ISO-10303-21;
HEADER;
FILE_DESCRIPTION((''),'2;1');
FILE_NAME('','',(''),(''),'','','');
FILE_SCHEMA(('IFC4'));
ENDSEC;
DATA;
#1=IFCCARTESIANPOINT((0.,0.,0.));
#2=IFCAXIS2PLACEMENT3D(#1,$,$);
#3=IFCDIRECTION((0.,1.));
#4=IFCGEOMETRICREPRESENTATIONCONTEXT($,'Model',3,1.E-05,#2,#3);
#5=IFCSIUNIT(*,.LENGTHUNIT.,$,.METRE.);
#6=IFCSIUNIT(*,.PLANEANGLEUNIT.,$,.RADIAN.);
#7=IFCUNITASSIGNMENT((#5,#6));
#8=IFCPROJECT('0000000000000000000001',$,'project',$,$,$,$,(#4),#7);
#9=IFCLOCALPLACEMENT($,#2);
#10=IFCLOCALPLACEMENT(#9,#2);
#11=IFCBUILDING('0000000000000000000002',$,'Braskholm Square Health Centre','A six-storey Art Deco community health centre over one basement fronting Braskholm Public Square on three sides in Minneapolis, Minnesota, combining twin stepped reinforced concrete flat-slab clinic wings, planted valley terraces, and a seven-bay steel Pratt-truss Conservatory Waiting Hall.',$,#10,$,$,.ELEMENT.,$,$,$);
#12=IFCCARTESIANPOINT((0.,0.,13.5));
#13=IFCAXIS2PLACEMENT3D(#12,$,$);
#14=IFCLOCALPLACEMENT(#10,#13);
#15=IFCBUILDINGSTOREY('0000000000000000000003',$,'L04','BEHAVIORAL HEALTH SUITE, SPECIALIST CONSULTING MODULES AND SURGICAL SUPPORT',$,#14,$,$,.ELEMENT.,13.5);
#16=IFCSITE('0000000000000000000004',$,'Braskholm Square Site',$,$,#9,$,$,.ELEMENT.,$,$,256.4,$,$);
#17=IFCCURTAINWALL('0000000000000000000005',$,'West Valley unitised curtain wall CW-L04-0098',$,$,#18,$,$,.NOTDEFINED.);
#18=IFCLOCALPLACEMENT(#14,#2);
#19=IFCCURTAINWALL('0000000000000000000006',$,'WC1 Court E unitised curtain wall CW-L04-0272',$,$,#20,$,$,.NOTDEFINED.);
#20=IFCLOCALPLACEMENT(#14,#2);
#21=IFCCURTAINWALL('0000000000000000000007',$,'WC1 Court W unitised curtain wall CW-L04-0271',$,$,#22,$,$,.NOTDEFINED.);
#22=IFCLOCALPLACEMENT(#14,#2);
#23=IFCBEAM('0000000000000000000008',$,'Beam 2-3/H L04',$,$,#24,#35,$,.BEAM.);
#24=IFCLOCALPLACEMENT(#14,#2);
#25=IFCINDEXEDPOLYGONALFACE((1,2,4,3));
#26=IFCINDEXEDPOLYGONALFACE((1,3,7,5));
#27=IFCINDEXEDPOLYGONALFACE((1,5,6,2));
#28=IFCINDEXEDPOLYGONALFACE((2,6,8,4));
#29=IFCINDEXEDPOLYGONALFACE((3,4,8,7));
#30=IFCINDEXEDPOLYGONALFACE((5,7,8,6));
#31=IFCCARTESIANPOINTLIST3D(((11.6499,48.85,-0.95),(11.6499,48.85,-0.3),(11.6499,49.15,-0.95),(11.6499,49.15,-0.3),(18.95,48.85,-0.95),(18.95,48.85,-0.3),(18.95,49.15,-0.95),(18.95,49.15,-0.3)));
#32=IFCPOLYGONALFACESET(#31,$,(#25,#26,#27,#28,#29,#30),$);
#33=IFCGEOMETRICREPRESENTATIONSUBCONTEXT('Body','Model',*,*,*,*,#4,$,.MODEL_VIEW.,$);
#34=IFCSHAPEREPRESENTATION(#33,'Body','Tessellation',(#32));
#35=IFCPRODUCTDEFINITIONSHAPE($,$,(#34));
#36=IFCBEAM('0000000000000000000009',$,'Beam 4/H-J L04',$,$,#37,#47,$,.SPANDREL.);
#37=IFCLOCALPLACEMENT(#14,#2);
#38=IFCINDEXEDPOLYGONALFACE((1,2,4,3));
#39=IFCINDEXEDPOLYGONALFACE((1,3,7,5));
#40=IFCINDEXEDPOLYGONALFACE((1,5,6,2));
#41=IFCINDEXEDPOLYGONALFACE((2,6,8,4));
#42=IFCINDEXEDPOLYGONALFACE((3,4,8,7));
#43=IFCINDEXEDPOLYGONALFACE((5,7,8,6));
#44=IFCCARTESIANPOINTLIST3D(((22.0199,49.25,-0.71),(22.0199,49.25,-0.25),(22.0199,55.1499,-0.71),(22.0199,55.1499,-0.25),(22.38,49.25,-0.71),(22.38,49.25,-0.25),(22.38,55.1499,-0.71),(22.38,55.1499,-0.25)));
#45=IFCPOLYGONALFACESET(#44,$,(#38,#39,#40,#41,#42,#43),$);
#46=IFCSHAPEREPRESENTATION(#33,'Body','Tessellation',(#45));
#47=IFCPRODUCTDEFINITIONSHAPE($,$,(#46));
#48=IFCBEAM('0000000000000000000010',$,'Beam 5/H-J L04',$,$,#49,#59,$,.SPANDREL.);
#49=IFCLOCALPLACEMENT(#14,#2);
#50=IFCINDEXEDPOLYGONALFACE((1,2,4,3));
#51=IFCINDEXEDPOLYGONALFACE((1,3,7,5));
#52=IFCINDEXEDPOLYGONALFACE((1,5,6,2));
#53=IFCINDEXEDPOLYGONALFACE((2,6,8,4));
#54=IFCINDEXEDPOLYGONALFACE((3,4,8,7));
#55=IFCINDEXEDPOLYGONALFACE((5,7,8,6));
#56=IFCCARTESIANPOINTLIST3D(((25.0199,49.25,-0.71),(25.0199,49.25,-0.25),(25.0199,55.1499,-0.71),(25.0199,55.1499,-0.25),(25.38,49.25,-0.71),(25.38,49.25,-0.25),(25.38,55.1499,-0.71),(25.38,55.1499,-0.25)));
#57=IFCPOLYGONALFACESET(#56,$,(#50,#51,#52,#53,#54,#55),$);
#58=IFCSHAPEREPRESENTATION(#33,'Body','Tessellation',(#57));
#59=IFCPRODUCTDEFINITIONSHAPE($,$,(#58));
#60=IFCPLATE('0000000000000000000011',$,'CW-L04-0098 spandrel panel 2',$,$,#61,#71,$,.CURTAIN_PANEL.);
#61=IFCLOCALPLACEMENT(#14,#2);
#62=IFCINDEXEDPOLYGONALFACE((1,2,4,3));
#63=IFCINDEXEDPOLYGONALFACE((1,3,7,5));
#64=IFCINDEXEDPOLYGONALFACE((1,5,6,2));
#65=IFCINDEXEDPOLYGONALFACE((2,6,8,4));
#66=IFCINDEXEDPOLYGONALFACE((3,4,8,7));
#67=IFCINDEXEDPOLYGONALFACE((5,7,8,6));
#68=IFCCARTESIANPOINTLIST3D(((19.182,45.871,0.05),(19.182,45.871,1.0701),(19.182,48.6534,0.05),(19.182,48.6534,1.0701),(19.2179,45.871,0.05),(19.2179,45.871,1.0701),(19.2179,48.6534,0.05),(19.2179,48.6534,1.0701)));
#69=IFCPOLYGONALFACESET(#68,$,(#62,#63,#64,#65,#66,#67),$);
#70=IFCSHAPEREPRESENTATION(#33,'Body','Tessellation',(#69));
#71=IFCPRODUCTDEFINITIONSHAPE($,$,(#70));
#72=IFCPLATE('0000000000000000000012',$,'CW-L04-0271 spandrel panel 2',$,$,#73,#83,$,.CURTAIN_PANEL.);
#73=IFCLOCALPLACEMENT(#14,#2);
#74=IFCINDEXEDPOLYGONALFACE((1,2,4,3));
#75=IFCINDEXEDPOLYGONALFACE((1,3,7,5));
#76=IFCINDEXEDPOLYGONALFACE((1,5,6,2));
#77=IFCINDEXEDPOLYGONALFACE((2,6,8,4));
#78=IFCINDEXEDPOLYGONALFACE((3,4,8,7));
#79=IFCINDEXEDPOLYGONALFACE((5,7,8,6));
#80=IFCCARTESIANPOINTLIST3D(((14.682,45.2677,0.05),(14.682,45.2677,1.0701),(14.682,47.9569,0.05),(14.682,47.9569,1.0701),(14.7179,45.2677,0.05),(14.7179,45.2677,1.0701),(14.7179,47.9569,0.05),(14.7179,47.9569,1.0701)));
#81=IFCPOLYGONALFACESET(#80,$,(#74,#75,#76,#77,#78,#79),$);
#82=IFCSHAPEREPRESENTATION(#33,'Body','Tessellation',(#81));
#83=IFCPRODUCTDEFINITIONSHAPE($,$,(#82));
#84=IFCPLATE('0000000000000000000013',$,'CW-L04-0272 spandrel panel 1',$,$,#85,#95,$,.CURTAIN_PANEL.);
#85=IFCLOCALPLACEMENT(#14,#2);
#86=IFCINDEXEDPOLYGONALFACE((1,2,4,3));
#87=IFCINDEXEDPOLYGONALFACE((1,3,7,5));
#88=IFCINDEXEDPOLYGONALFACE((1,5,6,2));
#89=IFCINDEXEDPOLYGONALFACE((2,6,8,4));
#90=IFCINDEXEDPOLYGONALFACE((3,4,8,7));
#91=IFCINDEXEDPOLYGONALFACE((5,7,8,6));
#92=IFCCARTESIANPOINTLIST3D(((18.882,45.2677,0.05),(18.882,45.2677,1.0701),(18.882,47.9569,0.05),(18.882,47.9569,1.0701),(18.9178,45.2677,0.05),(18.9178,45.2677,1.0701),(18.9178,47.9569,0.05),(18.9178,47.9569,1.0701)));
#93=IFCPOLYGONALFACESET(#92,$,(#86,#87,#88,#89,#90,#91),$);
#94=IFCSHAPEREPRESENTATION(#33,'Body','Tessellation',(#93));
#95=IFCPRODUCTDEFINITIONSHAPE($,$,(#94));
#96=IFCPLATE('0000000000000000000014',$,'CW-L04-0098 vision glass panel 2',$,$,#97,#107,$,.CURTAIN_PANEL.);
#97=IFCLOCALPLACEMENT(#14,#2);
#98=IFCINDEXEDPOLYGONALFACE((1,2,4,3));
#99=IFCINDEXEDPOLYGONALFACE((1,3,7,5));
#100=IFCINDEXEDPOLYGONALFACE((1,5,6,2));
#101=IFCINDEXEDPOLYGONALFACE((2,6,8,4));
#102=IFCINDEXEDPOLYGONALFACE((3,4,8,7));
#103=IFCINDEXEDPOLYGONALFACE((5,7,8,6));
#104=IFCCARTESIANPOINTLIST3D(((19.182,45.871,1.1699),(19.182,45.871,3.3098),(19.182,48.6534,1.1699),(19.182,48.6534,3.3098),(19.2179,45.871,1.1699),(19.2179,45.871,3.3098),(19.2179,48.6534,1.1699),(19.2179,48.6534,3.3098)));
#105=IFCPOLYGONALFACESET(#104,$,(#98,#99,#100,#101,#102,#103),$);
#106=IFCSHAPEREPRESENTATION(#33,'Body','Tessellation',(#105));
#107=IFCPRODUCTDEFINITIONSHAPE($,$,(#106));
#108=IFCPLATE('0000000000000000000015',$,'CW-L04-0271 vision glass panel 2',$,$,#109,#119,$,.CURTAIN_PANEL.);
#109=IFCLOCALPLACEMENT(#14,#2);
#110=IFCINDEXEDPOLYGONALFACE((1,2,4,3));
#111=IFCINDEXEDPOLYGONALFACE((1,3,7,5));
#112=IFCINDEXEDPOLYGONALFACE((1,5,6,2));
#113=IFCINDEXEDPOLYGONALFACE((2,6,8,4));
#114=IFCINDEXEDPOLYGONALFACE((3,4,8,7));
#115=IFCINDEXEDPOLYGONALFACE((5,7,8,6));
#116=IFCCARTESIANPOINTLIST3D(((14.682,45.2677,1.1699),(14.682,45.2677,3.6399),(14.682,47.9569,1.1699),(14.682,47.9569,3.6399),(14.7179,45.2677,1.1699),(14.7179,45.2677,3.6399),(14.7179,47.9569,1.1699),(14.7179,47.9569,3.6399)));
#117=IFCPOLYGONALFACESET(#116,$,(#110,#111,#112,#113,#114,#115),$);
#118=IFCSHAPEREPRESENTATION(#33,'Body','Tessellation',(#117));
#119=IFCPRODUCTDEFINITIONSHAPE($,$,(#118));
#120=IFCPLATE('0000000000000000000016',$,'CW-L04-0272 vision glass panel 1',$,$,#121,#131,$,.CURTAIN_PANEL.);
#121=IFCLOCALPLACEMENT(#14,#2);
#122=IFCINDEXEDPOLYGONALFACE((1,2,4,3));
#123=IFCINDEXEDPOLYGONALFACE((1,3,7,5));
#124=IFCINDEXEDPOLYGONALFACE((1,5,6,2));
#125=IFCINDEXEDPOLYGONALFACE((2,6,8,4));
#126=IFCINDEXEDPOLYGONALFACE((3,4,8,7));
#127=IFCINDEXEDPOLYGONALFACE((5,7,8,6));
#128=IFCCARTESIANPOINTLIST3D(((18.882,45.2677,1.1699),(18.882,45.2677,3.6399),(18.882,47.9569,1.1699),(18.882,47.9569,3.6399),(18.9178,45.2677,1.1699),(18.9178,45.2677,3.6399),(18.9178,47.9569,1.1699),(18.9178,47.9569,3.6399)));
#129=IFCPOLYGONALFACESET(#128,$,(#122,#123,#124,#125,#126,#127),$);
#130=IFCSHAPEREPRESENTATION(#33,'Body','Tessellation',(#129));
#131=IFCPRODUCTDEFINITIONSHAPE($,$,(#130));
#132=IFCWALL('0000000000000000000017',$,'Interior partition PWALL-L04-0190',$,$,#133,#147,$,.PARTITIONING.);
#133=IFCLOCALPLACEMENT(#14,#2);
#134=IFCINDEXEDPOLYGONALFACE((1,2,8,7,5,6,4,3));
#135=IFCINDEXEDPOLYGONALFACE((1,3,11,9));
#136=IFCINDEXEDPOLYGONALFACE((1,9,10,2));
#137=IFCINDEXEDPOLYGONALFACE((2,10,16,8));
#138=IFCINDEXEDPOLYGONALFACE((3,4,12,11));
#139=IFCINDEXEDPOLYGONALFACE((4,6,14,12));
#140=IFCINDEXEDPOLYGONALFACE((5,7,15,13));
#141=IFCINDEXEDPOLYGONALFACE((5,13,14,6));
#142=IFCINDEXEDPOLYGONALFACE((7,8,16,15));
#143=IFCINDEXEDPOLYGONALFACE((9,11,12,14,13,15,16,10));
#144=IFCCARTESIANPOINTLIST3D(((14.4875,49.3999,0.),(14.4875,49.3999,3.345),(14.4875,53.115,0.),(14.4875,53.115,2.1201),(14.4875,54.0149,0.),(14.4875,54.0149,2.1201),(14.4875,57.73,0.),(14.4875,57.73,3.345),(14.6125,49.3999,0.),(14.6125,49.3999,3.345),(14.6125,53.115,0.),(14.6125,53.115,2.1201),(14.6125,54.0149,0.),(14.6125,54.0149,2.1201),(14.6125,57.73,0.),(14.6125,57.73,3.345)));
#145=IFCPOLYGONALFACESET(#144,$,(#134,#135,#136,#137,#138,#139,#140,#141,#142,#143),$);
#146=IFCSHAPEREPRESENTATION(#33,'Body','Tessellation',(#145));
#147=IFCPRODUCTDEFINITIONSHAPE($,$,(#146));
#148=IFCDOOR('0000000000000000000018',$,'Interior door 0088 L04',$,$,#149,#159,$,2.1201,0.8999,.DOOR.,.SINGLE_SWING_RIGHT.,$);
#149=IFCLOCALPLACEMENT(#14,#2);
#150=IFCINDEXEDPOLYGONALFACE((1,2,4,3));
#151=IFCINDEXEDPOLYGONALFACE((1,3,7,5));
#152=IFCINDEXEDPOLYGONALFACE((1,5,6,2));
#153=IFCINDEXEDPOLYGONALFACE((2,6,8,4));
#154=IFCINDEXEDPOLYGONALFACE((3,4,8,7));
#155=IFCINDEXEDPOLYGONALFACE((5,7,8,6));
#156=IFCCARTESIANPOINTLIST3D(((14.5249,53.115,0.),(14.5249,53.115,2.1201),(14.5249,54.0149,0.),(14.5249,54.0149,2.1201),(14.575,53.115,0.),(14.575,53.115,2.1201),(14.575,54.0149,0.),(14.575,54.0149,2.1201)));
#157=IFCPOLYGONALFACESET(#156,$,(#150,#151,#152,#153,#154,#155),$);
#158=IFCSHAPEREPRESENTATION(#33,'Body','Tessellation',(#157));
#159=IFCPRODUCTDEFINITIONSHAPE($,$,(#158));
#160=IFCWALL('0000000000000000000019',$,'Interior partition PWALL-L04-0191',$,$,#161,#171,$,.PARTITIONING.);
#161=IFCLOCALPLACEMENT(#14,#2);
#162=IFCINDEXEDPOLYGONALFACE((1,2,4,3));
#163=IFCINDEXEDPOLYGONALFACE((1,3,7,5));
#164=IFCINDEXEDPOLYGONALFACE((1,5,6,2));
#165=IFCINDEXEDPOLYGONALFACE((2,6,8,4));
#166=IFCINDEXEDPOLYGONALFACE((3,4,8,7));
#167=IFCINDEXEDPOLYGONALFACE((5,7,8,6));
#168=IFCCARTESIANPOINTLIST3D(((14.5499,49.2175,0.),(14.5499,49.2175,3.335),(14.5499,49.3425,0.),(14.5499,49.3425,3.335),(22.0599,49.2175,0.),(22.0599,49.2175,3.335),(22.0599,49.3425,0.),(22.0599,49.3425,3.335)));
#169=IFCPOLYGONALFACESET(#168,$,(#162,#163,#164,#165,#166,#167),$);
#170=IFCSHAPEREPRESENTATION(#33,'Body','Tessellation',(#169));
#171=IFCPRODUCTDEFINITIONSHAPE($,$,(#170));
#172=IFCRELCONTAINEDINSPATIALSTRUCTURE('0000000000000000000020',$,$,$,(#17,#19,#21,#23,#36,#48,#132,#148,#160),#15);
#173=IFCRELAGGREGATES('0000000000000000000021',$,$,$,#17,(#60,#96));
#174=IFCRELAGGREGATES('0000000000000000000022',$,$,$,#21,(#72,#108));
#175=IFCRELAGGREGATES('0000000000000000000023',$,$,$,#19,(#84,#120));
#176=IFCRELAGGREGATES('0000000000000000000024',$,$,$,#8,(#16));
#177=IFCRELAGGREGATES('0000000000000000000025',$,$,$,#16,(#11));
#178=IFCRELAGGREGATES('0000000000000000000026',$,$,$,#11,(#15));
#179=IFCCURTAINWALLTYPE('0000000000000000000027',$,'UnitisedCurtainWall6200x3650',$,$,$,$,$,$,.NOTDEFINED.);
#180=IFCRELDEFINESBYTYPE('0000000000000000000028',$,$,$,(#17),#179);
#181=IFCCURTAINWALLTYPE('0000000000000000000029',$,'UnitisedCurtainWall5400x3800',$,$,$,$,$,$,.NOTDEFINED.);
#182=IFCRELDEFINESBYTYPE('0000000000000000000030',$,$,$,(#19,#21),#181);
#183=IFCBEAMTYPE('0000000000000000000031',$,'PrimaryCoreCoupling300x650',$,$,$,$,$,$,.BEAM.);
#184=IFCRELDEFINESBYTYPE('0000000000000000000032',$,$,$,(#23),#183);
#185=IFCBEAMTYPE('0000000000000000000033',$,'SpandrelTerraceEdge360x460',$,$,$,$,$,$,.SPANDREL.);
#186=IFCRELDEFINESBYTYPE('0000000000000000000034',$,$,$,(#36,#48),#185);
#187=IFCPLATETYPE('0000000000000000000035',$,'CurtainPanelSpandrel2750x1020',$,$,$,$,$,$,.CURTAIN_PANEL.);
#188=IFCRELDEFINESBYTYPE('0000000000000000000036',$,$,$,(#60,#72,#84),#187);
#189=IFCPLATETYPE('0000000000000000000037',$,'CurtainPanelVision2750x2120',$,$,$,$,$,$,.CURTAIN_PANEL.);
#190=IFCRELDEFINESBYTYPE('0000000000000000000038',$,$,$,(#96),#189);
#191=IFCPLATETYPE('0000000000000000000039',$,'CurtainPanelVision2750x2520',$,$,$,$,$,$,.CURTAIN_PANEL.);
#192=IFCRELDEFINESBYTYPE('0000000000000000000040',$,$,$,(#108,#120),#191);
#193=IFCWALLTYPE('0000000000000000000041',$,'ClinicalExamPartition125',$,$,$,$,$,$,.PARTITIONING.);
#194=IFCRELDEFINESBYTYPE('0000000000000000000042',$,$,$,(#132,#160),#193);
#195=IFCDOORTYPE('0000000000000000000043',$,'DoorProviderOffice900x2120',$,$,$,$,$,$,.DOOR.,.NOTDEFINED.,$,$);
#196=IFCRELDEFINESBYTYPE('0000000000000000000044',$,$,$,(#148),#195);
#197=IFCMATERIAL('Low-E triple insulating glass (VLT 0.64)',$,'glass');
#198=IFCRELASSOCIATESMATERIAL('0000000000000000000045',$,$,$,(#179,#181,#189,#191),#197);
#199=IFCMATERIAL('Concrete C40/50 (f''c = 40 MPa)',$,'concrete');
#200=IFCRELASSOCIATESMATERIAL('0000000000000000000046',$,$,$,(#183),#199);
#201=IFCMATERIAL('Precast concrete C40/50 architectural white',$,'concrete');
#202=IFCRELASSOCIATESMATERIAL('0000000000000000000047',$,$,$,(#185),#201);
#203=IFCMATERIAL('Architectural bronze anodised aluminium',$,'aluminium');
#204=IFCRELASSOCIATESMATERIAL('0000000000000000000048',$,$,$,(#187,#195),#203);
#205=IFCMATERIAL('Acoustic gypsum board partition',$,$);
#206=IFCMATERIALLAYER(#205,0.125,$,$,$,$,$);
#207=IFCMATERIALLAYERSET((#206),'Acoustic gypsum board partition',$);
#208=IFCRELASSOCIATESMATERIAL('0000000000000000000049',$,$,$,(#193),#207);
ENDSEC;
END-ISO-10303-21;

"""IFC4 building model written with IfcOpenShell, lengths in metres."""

from ifc_helpers import new_model, si_unit, direction, frame, frame_2d, origin, origin_2d, place, context, subcontext, project, spatial, rectangle, extrude, material, layer, layer_set, material_profile, profile_set, type_object, element, fill, aggregate, save


model = new_model("IFC4")

# Units and contexts
model_context = context("Model", 3, precision=1e-05, world=origin(), true_north=direction((0.0, 1.0)))
body_context = subcontext(model_context, "Body", "Model", "MODEL_VIEW")
ifc_project = project(units=[si_unit("LENGTHUNIT", "METRE"), si_unit("PLANEANGLEUNIT", "RADIAN")], contexts=[model_context])

# Site, building, storey
site_placement = place(None, origin())
site = spatial("IfcSite", under=ifc_project, at=site_placement, Name="Braskholm Square Site", CompositionType="ELEMENT", RefElevation=256.4)
building_placement = place(site_placement, origin())
building = spatial("IfcBuilding", under=site, at=building_placement, Name="Braskholm Square Health Centre", Description="A six-storey Art Deco community health centre over one basement fronting Braskholm Public Square on three sides in Minneapolis, Minnesota, combining twin stepped reinforced concrete flat-slab clinic wings, planted valley terraces, and a seven-bay steel Pratt-truss Conservatory Waiting Hall.", CompositionType="ELEMENT")
storey_placement = place(building_placement, frame((0.0, 0.0, 13.5)))
storey = spatial("IfcBuildingStorey", under=building, at=storey_placement, Name="L04", Description="BEHAVIORAL HEALTH SUITE, SPECIALIST CONSULTING MODULES AND SURGICAL SUPPORT", CompositionType="ELEMENT", Elevation=13.5)

# Shared definitions
ifc_material_1 = material(Name="Concrete C40/50 (f'c = 40 MPa)", Category="concrete")

# Curtain walls
ifc_material_2 = material(Name="Low-E triple insulating glass (VLT 0.64)", Category="glass")
curtain_wall_type_1 = type_object("IfcCurtainWallType", Name="UnitisedCurtainWall6200x3650", PredefinedType="NOTDEFINED", material=ifc_material_2)
curtain_wall_1_placement = place(storey_placement, origin())
curtain_wall_1 = element("IfcCurtainWall", 1, at=curtain_wall_1_placement, inside=storey, type_object=curtain_wall_type_1, Name="West Valley unitised curtain wall CW-L04-0098", PredefinedType="NOTDEFINED")
ifc_material_3 = material(Name="Architectural bronze anodised aluminium", Category="aluminium")
curtain_wall_type_2 = type_object("IfcCurtainWallType", Name="UnitisedCurtainWall5400x3800", PredefinedType="NOTDEFINED", material=ifc_material_2)
curtain_wall_2_placement = place(storey_placement, origin())
curtain_wall_2 = element("IfcCurtainWall", 2, at=curtain_wall_2_placement, inside=storey, type_object=curtain_wall_type_2, Name="WC1 Court E unitised curtain wall CW-L04-0272", PredefinedType="NOTDEFINED")
curtain_wall_3_placement = place(storey_placement, origin())
curtain_wall_3 = element("IfcCurtainWall", 3, at=curtain_wall_3_placement, inside=storey, type_object=curtain_wall_type_2, Name="WC1 Court W unitised curtain wall CW-L04-0271", PredefinedType="NOTDEFINED")

# Beams
ifc_material_profile_1 = material_profile(ifc_material_1, rectangle(XDim=0.3, YDim=0.6499, at=origin_2d()), Name="RCB-300X650")
ifc_profile_set_1 = profile_set([ifc_material_profile_1], Name="Concrete C40/50 (f'c = 40 MPa)")
beam_type_1 = type_object("IfcBeamType", Name="PrimaryCoreCoupling300x650", PredefinedType="BEAM", material=ifc_profile_set_1)
beam_1_placement = place(storey_placement, frame((11.6499, 49.0, -0.625), z_axis=(1.0, 0.0, 0.0), x_axis=(0.0, 1.0, 0.0)))
element("IfcBeam", 4, at=beam_1_placement, inside=storey, type_object=beam_type_1, Name="Beam 2-3/H L04", PredefinedType="BEAM", context=body_context, shape_type="SweptSolid", body=[
    extrude(rectangle(XDim=0.3, YDim=0.6499, at=origin_2d()), origin(), (0.0, 0.0, 1.0), 7.3),
])
ifc_material_4 = material(Name="Precast concrete C40/50 architectural white", Category="concrete")
ifc_material_profile_2 = material_profile(ifc_material_4, rectangle(XDim=0.3601, YDim=0.46, at=origin_2d()), Name="RCB-360X460")
ifc_profile_set_2 = profile_set([ifc_material_profile_2], Name="Precast concrete C40/50 architectural white")
beam_type_2 = type_object("IfcBeamType", Name="SpandrelTerraceEdge360x460", PredefinedType="SPANDREL", material=ifc_profile_set_2)
for number, where, z_axis, x_axis, name in (
    (5, (22.2, 49.25, -0.48), (0.0, 1.0, 0.0), (-1.0, 0.0, 0.0), "Beam 4/H-J L04"),
    (6, (25.2, 49.25, -0.48), (0.0, 1.0, 0.0), (-1.0, 0.0, 0.0), "Beam 5/H-J L04"),
):
    element("IfcBeam", number, at=place(storey_placement, frame(where, z_axis=z_axis, x_axis=x_axis)), inside=storey, type_object=beam_type_2, Name=name, PredefinedType="SPANDREL", context=body_context, shape_type="SweptSolid", body=[
        extrude(rectangle(XDim=0.3601, YDim=0.46, at=origin_2d()), origin(), (0.0, 0.0, 1.0), 5.8999),
    ])

# Plates
plate_type_1 = type_object("IfcPlateType", Name="CurtainPanelSpandrel2750x1020", PredefinedType="CURTAIN_PANEL", material=ifc_material_3)
plate_1_placement = place(storey_placement, frame((19.2, 47.2622, 0.05), z_axis=(0.0, 0.0, 1.0), x_axis=(0.0, 1.0, 0.0)))
plate_1 = element("IfcPlate", 7, at=plate_1_placement, type_object=plate_type_1, Name="CW-L04-0098 spandrel panel 2", PredefinedType="CURTAIN_PANEL", context=body_context, shape_type="SweptSolid", body=[
    extrude(rectangle(XDim=2.7825, YDim=0.0359, at=origin_2d()), origin(), (0.0, 0.0, 1.0), 1.02),
])
plate_2_placement = place(storey_placement, frame((14.7, 46.6123, 0.05), z_axis=(0.0, 0.0, 1.0), x_axis=(0.0, 1.0, 0.0)))
plate_2 = element("IfcPlate", 8, at=plate_2_placement, type_object=plate_type_1, Name="CW-L04-0271 spandrel panel 2", PredefinedType="CURTAIN_PANEL", context=body_context, shape_type="SweptSolid", body=[
    extrude(rectangle(XDim=2.6892, YDim=0.0359, at=origin_2d()), origin(), (0.0, 0.0, 1.0), 1.02),
])
plate_3_placement = place(storey_placement, frame((18.8999, 46.6123, 0.05), z_axis=(0.0, 0.0, 1.0), x_axis=(0.0, -1.0, 0.0)))
plate_3 = element("IfcPlate", 9, at=plate_3_placement, type_object=plate_type_1, Name="CW-L04-0272 spandrel panel 1", PredefinedType="CURTAIN_PANEL", context=body_context, shape_type="SweptSolid", body=[
    extrude(rectangle(XDim=2.6892, YDim=0.0359, at=origin_2d()), origin(), (0.0, 0.0, 1.0), 1.02),
])
plate_type_2 = type_object("IfcPlateType", Name="CurtainPanelVision2750x2120", PredefinedType="CURTAIN_PANEL", material=ifc_material_2)
plate_4_placement = place(storey_placement, frame((19.2, 47.2622, 1.1699), z_axis=(0.0, 0.0, 1.0), x_axis=(0.0, 1.0, 0.0)))
plate_4 = element("IfcPlate", 10, at=plate_4_placement, type_object=plate_type_2, Name="CW-L04-0098 vision glass panel 2", PredefinedType="CURTAIN_PANEL", context=body_context, shape_type="SweptSolid", body=[
    extrude(rectangle(XDim=2.7825, YDim=0.0359, at=origin_2d()), origin(), (0.0, 0.0, 1.0), 2.1399),
])
aggregate(curtain_wall_1, [plate_1, plate_4])
plate_type_3 = type_object("IfcPlateType", Name="CurtainPanelVision2750x2520", PredefinedType="CURTAIN_PANEL", material=ifc_material_2)
plate_5_placement = place(storey_placement, frame((14.7, 46.6123, 1.1699), z_axis=(0.0, 0.0, 1.0), x_axis=(0.0, 1.0, 0.0)))
plate_5 = element("IfcPlate", 11, at=plate_5_placement, type_object=plate_type_3, Name="CW-L04-0271 vision glass panel 2", PredefinedType="CURTAIN_PANEL", context=body_context, shape_type="SweptSolid", body=[
    extrude(rectangle(XDim=2.6892, YDim=0.0359, at=origin_2d()), origin(), (0.0, 0.0, 1.0), 2.47),
])
aggregate(curtain_wall_3, [plate_2, plate_5])
plate_6_placement = place(storey_placement, frame((18.8999, 46.6123, 1.1699), z_axis=(0.0, 0.0, 1.0), x_axis=(0.0, -1.0, 0.0)))
plate_6 = element("IfcPlate", 12, at=plate_6_placement, type_object=plate_type_3, Name="CW-L04-0272 vision glass panel 1", PredefinedType="CURTAIN_PANEL", context=body_context, shape_type="SweptSolid", body=[
    extrude(rectangle(XDim=2.6892, YDim=0.0359, at=origin_2d()), origin(), (0.0, 0.0, 1.0), 2.47),
])
aggregate(curtain_wall_2, [plate_3, plate_6])

# Wall, opening, door
ifc_material_5 = material(Name="Acoustic gypsum board partition")
ifc_layer_1 = layer(ifc_material_5, 0.125)
ifc_layer_set_1 = layer_set([ifc_layer_1], Name="Acoustic gypsum board partition")
wall_type_1 = type_object("IfcWallType", Name="ClinicalExamPartition125", PredefinedType="PARTITIONING", material=ifc_layer_set_1)
wall_1_placement = place(storey_placement, frame((14.55, 49.3999, 0.0), z_axis=(0.0, 0.0, 1.0), x_axis=(0.0, 1.0, 0.0)))
wall_1 = element("IfcWall", 13, at=wall_1_placement, inside=storey, type_object=wall_type_1, Name="Interior partition PWALL-L04-0190", PredefinedType="PARTITIONING", context=body_context, shape_type="SweptSolid", body=[
    extrude(rectangle(XDim=8.3301, YDim=0.125, at=frame_2d((4.165, 0.0))), origin(), (0.0, 0.0, 1.0), 3.345),
])
opening_1_placement = place(wall_1_placement, frame((3.7151, 0.0, 0.0)))
opening_1 = element("IfcOpeningElement", 14, at=opening_1_placement, cuts=wall_1, PredefinedType="OPENING", context=body_context, shape_type="SweptSolid", body=[
    extrude(rectangle(XDim=0.8999, YDim=2.1201, at=frame_2d((0.45, 1.0601))), frame((0.0, 0.0725, 0.0), z_axis=(0.0, -1.0, 0.0), x_axis=(1.0, 0.0, 0.0)), (0.0, 0.0, 1.0), 0.145),
])
door_type = type_object("IfcDoorType", Name="DoorProviderOffice900x2120", OperationType="NOTDEFINED", PredefinedType="DOOR", material=ifc_material_3)
door_placement = place(opening_1_placement, frame((0.8999, 0.0, 0.0), z_axis=(0.0, 0.0, 1.0), x_axis=(-1.0, 0.0, 0.0)))
door = element("IfcDoor", 15, at=door_placement, inside=storey, type_object=door_type, Name="Interior door 0088 L04", OperationType="SINGLE_SWING_RIGHT", OverallHeight=2.1201, OverallWidth=0.8999, PredefinedType="DOOR", context=body_context, shape_type="SweptSolid", body=[
    extrude(rectangle(XDim=0.8999, YDim=2.1201, at=frame_2d((0.45, 1.0601))), frame((0.0, 0.0249, 0.0), z_axis=(0.0, -1.0, 0.0), x_axis=(1.0, 0.0, 0.0)), (0.0, 0.0, 1.0), 0.05),
])
fill(opening_1, door)

# Wall
wall_2_placement = place(storey_placement, frame((14.55, 49.28, 0.0), z_axis=(0.0, 0.0, 1.0), x_axis=(1.0, 0.0, 0.0)))
element("IfcWall", 16, at=wall_2_placement, inside=storey, type_object=wall_type_1, Name="Interior partition PWALL-L04-0191", PredefinedType="PARTITIONING", context=body_context, shape_type="SweptSolid", body=[
    extrude(rectangle(XDim=7.51, YDim=0.125, at=frame_2d((3.7549, 0.0))), origin(), (0.0, 0.0, 1.0), 3.335),
])

save(model, "model.ifc")
